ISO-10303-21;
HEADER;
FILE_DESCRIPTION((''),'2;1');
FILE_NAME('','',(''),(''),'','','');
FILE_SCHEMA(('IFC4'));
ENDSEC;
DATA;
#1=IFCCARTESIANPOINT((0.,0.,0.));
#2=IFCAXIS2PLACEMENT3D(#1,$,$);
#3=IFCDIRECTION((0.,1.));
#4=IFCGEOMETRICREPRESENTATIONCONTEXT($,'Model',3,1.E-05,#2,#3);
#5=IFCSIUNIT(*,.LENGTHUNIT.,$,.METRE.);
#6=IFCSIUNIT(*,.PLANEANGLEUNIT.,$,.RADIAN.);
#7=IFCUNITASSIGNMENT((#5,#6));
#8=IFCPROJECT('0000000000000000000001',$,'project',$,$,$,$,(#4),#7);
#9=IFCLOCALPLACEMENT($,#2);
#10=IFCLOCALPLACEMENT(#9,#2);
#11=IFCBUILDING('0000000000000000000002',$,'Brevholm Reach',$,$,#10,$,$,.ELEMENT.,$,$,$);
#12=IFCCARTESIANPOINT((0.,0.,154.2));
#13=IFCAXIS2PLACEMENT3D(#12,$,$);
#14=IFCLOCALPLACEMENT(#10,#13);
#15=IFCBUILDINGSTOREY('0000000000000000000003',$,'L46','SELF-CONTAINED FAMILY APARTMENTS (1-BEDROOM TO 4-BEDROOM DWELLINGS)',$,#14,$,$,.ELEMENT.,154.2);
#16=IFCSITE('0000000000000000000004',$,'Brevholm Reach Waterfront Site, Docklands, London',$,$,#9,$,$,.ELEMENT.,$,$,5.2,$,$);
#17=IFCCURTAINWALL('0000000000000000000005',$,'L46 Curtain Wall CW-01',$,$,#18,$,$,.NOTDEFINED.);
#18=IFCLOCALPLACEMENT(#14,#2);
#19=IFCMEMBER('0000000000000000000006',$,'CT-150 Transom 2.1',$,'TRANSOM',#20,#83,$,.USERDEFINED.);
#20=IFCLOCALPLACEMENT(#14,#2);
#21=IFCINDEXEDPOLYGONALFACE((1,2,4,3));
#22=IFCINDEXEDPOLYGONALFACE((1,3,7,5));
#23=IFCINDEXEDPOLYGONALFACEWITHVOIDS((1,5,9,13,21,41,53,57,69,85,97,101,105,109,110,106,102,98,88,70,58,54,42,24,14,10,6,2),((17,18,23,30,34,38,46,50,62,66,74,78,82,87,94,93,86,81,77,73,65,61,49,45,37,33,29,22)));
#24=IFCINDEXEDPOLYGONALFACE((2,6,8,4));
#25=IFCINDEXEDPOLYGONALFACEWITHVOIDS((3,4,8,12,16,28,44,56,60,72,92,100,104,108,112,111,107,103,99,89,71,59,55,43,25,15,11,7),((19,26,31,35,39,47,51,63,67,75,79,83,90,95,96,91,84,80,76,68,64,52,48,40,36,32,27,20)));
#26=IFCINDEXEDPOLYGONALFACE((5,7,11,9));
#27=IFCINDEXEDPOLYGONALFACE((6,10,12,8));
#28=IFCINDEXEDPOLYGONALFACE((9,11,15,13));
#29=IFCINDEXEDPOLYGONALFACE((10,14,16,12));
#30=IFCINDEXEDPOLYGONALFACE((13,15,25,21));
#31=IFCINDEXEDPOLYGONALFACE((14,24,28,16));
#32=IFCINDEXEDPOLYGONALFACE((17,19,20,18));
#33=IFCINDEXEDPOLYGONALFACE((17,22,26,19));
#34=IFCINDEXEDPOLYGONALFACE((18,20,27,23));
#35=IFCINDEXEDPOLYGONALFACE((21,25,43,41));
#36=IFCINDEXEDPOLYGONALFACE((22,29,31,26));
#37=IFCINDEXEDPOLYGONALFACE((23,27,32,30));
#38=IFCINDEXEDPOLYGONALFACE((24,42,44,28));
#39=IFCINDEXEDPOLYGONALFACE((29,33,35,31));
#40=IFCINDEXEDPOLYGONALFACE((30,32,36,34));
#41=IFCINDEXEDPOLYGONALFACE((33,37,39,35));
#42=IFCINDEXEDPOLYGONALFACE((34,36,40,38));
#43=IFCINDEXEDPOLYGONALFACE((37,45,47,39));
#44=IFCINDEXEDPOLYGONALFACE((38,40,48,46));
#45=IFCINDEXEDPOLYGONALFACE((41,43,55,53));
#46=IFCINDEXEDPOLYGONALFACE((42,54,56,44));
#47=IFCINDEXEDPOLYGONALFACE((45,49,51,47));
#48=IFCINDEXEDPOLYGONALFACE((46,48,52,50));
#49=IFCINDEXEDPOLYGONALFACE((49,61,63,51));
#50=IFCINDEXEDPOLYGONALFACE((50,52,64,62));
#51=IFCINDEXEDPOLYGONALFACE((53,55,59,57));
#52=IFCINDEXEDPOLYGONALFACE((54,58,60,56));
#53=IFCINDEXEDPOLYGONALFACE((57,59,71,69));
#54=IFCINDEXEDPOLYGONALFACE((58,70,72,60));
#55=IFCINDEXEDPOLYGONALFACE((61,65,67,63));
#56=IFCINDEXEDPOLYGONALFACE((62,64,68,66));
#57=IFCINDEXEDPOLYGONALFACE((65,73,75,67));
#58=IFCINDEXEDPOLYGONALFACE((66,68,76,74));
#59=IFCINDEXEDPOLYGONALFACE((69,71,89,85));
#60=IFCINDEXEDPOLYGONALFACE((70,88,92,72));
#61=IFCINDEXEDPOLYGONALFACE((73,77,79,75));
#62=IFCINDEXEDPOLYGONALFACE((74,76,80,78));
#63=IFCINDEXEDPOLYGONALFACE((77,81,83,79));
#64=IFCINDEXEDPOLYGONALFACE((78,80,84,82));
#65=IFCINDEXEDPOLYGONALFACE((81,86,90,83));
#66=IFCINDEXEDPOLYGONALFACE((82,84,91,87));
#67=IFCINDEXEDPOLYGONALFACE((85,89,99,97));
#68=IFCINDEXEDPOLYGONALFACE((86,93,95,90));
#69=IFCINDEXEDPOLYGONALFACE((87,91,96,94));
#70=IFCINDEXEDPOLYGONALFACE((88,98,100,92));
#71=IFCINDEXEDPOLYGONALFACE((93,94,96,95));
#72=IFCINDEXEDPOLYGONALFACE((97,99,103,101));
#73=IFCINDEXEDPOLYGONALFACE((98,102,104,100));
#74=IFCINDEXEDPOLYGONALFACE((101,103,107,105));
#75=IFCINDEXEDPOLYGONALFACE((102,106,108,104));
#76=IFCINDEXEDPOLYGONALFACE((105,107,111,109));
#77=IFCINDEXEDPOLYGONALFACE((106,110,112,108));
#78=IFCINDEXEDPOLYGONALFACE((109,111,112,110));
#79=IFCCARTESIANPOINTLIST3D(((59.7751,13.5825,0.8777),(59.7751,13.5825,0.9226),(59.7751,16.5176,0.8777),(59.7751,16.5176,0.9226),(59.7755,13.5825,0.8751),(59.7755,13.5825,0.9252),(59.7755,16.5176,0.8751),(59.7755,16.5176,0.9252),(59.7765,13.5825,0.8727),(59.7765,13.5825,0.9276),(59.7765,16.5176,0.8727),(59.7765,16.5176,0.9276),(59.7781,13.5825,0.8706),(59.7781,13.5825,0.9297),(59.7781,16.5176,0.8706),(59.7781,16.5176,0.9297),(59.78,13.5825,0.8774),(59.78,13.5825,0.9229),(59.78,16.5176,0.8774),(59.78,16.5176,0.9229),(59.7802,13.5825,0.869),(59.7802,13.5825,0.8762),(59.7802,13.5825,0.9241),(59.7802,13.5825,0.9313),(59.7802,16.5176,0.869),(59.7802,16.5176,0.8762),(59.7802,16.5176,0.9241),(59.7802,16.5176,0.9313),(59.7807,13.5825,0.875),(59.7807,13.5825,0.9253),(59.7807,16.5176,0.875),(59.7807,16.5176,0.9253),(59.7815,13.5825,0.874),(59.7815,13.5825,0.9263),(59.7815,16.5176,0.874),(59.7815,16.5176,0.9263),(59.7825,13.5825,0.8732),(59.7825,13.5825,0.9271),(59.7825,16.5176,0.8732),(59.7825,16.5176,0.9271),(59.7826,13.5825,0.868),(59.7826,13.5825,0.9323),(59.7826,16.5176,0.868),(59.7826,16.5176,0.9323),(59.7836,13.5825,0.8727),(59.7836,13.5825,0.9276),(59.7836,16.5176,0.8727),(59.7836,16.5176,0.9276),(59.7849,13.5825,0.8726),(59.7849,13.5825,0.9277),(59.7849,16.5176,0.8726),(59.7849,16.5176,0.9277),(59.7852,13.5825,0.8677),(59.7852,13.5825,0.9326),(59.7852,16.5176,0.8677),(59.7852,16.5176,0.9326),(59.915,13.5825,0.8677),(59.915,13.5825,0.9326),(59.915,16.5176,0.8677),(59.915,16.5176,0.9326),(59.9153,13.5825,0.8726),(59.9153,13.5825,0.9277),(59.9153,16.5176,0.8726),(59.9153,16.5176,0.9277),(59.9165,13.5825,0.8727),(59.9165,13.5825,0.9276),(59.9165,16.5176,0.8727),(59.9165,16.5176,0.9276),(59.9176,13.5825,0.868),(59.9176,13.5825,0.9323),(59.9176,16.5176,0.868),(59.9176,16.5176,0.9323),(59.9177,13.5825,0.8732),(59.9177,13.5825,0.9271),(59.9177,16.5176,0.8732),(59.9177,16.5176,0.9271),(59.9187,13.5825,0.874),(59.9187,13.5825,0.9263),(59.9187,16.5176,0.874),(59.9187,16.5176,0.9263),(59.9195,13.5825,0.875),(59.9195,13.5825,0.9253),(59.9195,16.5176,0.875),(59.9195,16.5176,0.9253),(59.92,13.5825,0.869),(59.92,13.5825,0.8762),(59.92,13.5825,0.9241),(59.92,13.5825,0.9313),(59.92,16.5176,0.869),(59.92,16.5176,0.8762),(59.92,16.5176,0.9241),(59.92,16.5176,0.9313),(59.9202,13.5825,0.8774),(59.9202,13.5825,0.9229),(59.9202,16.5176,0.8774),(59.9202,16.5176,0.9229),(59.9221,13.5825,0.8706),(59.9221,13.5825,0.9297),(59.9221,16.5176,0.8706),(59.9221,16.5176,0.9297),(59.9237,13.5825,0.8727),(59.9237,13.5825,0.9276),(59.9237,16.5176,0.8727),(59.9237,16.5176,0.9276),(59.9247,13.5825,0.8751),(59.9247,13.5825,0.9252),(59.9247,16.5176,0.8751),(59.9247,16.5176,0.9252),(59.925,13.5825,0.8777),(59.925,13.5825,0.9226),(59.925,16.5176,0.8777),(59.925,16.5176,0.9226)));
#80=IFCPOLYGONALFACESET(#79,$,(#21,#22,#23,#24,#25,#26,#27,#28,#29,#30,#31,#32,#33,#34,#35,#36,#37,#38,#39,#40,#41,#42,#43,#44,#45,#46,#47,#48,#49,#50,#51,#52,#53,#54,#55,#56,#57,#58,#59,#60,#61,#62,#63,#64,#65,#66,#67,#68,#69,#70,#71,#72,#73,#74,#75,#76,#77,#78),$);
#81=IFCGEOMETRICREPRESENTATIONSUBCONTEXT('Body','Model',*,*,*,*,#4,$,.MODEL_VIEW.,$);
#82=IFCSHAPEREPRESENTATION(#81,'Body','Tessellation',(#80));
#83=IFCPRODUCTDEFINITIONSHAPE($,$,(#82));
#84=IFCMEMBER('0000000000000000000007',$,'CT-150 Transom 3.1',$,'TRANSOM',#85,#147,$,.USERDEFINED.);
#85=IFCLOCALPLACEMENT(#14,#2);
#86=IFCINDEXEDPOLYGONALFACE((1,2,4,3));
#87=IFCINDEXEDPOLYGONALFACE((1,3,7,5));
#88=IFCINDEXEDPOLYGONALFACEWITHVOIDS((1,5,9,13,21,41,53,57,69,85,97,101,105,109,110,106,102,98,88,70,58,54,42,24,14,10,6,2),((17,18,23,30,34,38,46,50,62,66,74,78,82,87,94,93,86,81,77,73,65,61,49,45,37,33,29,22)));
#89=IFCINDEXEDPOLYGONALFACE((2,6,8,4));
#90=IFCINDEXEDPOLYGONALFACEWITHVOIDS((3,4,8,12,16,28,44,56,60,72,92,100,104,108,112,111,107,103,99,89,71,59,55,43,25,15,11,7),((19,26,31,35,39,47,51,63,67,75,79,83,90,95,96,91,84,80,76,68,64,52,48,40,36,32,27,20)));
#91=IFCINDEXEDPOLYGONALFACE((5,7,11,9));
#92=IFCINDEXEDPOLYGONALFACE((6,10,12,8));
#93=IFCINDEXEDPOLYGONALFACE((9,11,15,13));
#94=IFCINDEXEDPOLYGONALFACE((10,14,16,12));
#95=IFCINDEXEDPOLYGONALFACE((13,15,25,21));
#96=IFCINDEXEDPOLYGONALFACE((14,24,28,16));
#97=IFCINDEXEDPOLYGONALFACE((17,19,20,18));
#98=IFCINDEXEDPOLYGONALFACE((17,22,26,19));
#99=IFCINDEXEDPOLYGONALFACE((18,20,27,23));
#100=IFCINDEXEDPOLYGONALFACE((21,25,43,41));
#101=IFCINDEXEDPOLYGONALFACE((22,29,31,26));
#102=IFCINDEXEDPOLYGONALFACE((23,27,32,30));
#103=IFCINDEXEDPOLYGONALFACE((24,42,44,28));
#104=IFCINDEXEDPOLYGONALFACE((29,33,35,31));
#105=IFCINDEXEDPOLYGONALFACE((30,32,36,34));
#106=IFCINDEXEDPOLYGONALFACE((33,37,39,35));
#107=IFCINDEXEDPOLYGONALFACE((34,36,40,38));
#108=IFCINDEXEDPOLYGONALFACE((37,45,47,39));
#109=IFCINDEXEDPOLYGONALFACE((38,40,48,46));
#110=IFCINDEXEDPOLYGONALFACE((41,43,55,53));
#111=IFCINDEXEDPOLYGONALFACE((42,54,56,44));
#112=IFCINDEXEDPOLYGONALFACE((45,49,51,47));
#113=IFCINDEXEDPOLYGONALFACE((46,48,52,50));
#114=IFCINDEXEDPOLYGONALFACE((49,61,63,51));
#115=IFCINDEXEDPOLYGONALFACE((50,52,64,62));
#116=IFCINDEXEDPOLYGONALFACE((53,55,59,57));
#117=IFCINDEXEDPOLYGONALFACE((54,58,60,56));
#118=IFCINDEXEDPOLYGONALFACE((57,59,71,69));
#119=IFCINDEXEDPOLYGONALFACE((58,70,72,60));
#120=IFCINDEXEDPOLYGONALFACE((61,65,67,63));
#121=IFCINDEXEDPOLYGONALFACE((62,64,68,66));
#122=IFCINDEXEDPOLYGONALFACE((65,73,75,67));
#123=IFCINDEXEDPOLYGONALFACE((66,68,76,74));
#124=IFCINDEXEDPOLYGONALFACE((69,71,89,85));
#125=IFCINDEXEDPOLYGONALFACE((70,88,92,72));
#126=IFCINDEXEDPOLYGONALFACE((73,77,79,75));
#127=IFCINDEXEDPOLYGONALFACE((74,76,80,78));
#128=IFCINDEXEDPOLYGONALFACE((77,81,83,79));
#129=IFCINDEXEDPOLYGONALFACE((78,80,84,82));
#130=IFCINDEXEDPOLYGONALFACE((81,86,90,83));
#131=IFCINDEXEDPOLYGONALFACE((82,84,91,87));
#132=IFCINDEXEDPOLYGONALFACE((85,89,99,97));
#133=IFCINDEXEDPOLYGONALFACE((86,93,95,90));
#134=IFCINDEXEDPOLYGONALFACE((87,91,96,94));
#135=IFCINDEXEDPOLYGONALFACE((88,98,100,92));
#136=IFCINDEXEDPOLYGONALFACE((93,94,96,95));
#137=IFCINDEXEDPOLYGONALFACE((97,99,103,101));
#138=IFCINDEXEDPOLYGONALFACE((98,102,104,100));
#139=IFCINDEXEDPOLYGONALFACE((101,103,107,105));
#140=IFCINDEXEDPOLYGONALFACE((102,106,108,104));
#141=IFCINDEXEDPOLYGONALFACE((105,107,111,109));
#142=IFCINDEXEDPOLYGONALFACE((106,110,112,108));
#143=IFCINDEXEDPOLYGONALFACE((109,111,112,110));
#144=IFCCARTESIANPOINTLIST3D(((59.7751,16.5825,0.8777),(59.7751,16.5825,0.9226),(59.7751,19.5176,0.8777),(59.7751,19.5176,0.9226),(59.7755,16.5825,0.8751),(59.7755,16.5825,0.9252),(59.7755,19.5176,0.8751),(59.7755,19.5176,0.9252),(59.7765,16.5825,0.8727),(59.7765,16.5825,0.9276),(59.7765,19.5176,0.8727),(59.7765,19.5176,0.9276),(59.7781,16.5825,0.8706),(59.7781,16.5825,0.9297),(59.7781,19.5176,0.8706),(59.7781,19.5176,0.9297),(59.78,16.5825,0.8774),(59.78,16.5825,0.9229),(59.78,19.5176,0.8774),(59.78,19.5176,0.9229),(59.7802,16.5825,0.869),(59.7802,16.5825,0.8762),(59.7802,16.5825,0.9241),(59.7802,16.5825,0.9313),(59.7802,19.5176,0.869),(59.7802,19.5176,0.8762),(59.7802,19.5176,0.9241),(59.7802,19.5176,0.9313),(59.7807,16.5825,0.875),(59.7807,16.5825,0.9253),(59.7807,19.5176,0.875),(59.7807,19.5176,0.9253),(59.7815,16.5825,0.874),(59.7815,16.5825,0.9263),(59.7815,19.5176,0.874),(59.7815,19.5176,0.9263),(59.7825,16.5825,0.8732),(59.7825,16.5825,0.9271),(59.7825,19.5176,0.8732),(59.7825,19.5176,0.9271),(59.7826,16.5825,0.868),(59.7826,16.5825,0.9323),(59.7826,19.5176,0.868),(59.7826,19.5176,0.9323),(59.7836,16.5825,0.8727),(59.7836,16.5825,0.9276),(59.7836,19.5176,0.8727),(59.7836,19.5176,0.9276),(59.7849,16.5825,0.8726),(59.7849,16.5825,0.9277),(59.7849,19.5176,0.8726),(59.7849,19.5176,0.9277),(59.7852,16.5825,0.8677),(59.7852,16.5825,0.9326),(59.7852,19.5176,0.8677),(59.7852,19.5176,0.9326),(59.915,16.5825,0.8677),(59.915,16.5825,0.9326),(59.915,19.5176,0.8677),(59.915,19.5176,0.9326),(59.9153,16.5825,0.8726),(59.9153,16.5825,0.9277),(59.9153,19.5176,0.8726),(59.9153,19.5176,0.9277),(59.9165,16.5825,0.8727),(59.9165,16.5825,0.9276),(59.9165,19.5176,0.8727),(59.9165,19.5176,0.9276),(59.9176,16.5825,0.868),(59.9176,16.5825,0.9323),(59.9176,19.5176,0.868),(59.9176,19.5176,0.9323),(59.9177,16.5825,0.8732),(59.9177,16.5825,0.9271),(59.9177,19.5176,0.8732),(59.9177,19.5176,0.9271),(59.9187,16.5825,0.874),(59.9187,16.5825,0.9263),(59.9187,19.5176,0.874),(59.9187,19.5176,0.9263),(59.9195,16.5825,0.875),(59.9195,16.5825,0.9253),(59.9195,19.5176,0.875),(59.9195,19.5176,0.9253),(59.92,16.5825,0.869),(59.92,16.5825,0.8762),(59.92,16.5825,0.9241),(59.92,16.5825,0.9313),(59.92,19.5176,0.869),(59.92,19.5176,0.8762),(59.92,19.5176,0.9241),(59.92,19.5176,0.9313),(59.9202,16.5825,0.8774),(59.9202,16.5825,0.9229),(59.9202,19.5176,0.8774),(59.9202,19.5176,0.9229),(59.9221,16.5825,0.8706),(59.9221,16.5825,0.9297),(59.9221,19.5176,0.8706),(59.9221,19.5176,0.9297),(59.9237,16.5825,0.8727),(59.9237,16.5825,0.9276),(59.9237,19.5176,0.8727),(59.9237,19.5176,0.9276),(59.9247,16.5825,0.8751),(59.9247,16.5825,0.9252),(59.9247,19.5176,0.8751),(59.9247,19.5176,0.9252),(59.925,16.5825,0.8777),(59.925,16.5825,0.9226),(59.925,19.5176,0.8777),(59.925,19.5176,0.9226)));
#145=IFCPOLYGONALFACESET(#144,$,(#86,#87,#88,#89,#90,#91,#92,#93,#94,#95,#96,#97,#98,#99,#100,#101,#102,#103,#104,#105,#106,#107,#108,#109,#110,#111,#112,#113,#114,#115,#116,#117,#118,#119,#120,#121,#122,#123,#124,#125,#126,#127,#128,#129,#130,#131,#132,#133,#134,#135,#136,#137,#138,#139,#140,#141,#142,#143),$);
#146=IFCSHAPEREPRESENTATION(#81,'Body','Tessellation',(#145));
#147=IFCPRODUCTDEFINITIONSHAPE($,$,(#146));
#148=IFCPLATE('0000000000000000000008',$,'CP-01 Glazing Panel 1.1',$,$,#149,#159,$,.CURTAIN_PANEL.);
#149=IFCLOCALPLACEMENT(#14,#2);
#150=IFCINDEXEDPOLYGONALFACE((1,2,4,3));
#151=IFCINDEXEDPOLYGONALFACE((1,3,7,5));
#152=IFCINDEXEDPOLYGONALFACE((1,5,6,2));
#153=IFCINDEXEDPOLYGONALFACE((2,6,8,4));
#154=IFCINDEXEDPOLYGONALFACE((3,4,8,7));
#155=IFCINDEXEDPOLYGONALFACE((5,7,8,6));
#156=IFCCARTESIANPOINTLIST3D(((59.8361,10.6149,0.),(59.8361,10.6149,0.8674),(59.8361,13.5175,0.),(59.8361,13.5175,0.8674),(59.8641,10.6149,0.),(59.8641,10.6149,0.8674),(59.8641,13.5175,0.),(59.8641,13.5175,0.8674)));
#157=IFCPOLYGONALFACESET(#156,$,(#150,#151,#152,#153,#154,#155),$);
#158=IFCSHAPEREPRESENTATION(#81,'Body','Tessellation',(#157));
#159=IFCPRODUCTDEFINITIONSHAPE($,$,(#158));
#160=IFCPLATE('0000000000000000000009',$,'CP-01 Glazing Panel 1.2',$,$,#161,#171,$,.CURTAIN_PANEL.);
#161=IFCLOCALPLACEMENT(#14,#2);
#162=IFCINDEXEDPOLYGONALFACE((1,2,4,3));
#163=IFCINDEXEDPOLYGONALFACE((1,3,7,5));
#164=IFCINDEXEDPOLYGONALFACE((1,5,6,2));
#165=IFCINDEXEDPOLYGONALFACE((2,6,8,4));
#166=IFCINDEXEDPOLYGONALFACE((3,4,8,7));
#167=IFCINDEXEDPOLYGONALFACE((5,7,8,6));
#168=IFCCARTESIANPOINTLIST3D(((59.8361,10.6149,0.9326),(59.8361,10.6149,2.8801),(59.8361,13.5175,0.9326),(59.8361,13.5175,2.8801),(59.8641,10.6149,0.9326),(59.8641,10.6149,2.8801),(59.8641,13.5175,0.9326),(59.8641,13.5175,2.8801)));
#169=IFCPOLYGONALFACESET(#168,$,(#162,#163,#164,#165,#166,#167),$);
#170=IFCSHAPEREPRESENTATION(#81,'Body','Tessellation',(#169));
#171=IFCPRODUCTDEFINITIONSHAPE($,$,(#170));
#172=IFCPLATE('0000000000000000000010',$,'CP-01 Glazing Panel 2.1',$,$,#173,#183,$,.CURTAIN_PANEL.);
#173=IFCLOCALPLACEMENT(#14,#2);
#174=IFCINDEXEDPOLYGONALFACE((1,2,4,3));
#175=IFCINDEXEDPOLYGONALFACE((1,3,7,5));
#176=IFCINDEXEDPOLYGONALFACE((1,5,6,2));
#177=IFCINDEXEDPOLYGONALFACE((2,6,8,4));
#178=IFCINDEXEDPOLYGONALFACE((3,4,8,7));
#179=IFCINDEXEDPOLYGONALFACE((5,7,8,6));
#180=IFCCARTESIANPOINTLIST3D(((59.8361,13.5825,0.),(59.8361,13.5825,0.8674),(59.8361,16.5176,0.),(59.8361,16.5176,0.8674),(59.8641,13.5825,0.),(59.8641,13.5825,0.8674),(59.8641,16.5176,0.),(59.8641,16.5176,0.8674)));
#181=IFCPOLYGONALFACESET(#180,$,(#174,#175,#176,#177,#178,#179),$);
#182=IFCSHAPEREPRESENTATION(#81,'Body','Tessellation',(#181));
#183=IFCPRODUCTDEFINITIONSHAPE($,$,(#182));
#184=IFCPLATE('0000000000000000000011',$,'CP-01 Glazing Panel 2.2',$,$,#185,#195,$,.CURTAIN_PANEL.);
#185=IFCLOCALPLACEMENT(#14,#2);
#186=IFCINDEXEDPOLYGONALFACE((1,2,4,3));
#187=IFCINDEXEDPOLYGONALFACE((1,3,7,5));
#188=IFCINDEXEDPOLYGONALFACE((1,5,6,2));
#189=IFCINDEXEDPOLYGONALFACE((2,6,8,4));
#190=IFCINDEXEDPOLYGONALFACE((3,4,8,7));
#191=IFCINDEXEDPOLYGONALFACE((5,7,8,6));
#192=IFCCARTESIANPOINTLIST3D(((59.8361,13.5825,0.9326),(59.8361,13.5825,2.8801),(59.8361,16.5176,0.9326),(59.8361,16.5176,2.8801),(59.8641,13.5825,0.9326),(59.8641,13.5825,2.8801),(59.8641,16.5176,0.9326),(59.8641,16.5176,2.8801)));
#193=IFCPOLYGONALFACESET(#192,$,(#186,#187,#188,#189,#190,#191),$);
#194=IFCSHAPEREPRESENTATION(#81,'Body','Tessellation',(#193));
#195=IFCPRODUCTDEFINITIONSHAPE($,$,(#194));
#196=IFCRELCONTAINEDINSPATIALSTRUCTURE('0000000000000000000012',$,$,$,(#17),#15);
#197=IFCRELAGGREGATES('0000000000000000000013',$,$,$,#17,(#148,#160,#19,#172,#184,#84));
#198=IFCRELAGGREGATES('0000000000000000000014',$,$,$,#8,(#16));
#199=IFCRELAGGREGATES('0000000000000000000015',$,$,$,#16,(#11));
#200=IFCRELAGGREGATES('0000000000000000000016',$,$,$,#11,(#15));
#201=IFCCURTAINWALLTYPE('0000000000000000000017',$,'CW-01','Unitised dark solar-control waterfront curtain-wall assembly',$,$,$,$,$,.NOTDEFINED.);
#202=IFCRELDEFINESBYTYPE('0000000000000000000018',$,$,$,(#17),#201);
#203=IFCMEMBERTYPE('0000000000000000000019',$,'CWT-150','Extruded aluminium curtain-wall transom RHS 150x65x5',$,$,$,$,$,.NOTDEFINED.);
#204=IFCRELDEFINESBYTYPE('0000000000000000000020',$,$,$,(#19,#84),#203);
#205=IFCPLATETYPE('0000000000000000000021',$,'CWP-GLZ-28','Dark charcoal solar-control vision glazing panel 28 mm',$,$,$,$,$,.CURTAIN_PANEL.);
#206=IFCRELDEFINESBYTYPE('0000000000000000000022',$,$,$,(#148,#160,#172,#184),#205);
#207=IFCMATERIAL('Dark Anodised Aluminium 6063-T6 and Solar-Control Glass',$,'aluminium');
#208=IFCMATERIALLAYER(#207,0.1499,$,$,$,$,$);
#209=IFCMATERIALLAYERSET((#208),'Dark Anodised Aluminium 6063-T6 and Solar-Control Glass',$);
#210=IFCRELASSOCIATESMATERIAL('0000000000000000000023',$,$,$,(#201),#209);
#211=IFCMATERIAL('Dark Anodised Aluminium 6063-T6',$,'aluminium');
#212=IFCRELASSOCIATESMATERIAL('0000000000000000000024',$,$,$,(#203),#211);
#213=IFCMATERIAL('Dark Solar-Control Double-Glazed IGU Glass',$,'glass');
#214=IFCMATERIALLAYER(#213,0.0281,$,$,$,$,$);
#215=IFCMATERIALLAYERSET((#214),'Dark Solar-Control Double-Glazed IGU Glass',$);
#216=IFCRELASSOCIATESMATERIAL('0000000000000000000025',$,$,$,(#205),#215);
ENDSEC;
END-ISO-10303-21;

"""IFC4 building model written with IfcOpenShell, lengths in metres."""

from ifc_helpers import new_model, si_unit, direction, frame, origin, origin_2d, place, context, subcontext, project, spatial, rectangle, hollow_rectangle, extrude, material, layer, layer_set, material_profile, profile_set, type_object, element, aggregate, save


model = new_model("IFC4")

# Units and contexts
model_context = context("Model", 3, precision=1e-05, world=origin(), true_north=direction((0.0, 1.0)))
body_context = subcontext(model_context, "Body", "Model", "MODEL_VIEW")
ifc_project = project(units=[si_unit("LENGTHUNIT", "METRE"), si_unit("PLANEANGLEUNIT", "RADIAN")], contexts=[model_context])

# Site, building, storey
site_placement = place(None, origin())
site = spatial("IfcSite", under=ifc_project, at=site_placement, Name="Brevholm Reach Waterfront Site, Docklands, London", CompositionType="ELEMENT", RefElevation=5.2)
building_placement = place(site_placement, origin())
building = spatial("IfcBuilding", under=site, at=building_placement, Name="Brevholm Reach", CompositionType="ELEMENT")
storey_placement = place(building_placement, frame((0.0, 0.0, 154.2)))
storey = spatial("IfcBuildingStorey", under=building, at=storey_placement, Name="L46", Description="SELF-CONTAINED FAMILY APARTMENTS (1-BEDROOM TO 4-BEDROOM DWELLINGS)", CompositionType="ELEMENT", Elevation=154.2)

# Curtain wall, members, plates
ifc_material_1 = material(Name="Dark Anodised Aluminium 6063-T6 and Solar-Control Glass", Category="aluminium")
ifc_layer_1 = layer(ifc_material_1, 0.1499)
ifc_layer_set_1 = layer_set([ifc_layer_1], Name="Dark Anodised Aluminium 6063-T6 and Solar-Control Glass")
curtain_wall_type = type_object("IfcCurtainWallType", Name="CW-01", Description="Unitised dark solar-control waterfront curtain-wall assembly", PredefinedType="NOTDEFINED", material=ifc_layer_set_1)
curtain_wall_placement = place(storey_placement, origin())
curtain_wall = element("IfcCurtainWall", 1, at=curtain_wall_placement, inside=storey, type_object=curtain_wall_type, Name="L46 Curtain Wall CW-01", PredefinedType="NOTDEFINED")
ifc_material_2 = material(Name="Dark Anodised Aluminium 6063-T6", Category="aluminium")
ifc_material_profile_1 = material_profile(ifc_material_2, hollow_rectangle(XDim=0.0649, YDim=0.1499, WallThickness=0.0049, InnerFilletRadius=0.0049, OuterFilletRadius=0.01, at=origin_2d()), Name="RHS 150x65x5")
ifc_profile_set_1 = profile_set([ifc_material_profile_1], Name="Dark Anodised Aluminium 6063-T6")
member_type_1 = type_object("IfcMemberType", Name="CWT-150", Description="Extruded aluminium curtain-wall transom RHS 150x65x5", PredefinedType="NOTDEFINED", material=ifc_profile_set_1)
member_1_placement = place(storey_placement, frame((59.8501, 13.5825, 0.9001), z_axis=(0.0, 1.0, 0.0), x_axis=(0.0, 0.0, 1.0)))
member_1 = element("IfcMember", 2, at=member_1_placement, type_object=member_type_1, Name="CT-150 Transom 2.1", ObjectType="TRANSOM", PredefinedType="USERDEFINED", context=body_context, shape_type="SweptSolid", body=[
    extrude(hollow_rectangle(XDim=0.0649, YDim=0.1499, WallThickness=0.0049, InnerFilletRadius=0.0049, OuterFilletRadius=0.01, at=origin_2d()), origin(), (0.0, 0.0, 1.0), 2.9351),
])
member_2_placement = place(storey_placement, frame((59.8501, 16.5825, 0.9001), z_axis=(0.0, 1.0, 0.0), x_axis=(0.0, 0.0, 1.0)))
member_2 = element("IfcMember", 3, at=member_2_placement, type_object=member_type_1, Name="CT-150 Transom 3.1", ObjectType="TRANSOM", PredefinedType="USERDEFINED", context=body_context, shape_type="SweptSolid", body=[
    extrude(hollow_rectangle(XDim=0.0649, YDim=0.1499, WallThickness=0.0049, InnerFilletRadius=0.0049, OuterFilletRadius=0.01, at=origin_2d()), origin(), (0.0, 0.0, 1.0), 2.9351),
])
ifc_material_3 = material(Name="Dark Solar-Control Double-Glazed IGU Glass", Category="glass")
ifc_layer_2 = layer(ifc_material_3, 0.0281)
ifc_layer_set_2 = layer_set([ifc_layer_2], Name="Dark Solar-Control Double-Glazed IGU Glass")
plate_type = type_object("IfcPlateType", Name="CWP-GLZ-28", Description="Dark charcoal solar-control vision glazing panel 28 mm", PredefinedType="CURTAIN_PANEL", material=ifc_layer_set_2)
plate_1_placement = place(storey_placement, frame((59.8501, 12.0662, 0.0), z_axis=(0.0, 0.0, 1.0), x_axis=(0.0, 1.0, 0.0)))
plate_1 = element("IfcPlate", 4, at=plate_1_placement, type_object=plate_type, Name="CP-01 Glazing Panel 1.1", PredefinedType="CURTAIN_PANEL", context=body_context, shape_type="SweptSolid", body=[
    extrude(rectangle(XDim=2.9026, YDim=0.0281, at=origin_2d()), origin(), (0.0, 0.0, 1.0), 0.8674),
])
plate_2_placement = place(storey_placement, frame((59.8501, 12.0662, 0.9326), z_axis=(0.0, 0.0, 1.0), x_axis=(0.0, 1.0, 0.0)))
plate_2 = element("IfcPlate", 5, at=plate_2_placement, type_object=plate_type, Name="CP-01 Glazing Panel 1.2", PredefinedType="CURTAIN_PANEL", context=body_context, shape_type="SweptSolid", body=[
    extrude(rectangle(XDim=2.9026, YDim=0.0281, at=origin_2d()), origin(), (0.0, 0.0, 1.0), 1.9475),
])
plate_3_placement = place(storey_placement, frame((59.8501, 15.05, 0.0), z_axis=(0.0, 0.0, 1.0), x_axis=(0.0, 1.0, 0.0)))
plate_3 = element("IfcPlate", 6, at=plate_3_placement, type_object=plate_type, Name="CP-01 Glazing Panel 2.1", PredefinedType="CURTAIN_PANEL", context=body_context, shape_type="SweptSolid", body=[
    extrude(rectangle(XDim=2.9351, YDim=0.0281, at=origin_2d()), origin(), (0.0, 0.0, 1.0), 0.8674),
])
plate_4_placement = place(storey_placement, frame((59.8501, 15.05, 0.9326), z_axis=(0.0, 0.0, 1.0), x_axis=(0.0, 1.0, 0.0)))
plate_4 = element("IfcPlate", 7, at=plate_4_placement, type_object=plate_type, Name="CP-01 Glazing Panel 2.2", PredefinedType="CURTAIN_PANEL", context=body_context, shape_type="SweptSolid", body=[
    extrude(rectangle(XDim=2.9351, YDim=0.0281, at=origin_2d()), origin(), (0.0, 0.0, 1.0), 1.9475),
])
aggregate(curtain_wall, [plate_1, plate_2, member_1, plate_3, plate_4, member_2])

save(model, "model.ifc")
